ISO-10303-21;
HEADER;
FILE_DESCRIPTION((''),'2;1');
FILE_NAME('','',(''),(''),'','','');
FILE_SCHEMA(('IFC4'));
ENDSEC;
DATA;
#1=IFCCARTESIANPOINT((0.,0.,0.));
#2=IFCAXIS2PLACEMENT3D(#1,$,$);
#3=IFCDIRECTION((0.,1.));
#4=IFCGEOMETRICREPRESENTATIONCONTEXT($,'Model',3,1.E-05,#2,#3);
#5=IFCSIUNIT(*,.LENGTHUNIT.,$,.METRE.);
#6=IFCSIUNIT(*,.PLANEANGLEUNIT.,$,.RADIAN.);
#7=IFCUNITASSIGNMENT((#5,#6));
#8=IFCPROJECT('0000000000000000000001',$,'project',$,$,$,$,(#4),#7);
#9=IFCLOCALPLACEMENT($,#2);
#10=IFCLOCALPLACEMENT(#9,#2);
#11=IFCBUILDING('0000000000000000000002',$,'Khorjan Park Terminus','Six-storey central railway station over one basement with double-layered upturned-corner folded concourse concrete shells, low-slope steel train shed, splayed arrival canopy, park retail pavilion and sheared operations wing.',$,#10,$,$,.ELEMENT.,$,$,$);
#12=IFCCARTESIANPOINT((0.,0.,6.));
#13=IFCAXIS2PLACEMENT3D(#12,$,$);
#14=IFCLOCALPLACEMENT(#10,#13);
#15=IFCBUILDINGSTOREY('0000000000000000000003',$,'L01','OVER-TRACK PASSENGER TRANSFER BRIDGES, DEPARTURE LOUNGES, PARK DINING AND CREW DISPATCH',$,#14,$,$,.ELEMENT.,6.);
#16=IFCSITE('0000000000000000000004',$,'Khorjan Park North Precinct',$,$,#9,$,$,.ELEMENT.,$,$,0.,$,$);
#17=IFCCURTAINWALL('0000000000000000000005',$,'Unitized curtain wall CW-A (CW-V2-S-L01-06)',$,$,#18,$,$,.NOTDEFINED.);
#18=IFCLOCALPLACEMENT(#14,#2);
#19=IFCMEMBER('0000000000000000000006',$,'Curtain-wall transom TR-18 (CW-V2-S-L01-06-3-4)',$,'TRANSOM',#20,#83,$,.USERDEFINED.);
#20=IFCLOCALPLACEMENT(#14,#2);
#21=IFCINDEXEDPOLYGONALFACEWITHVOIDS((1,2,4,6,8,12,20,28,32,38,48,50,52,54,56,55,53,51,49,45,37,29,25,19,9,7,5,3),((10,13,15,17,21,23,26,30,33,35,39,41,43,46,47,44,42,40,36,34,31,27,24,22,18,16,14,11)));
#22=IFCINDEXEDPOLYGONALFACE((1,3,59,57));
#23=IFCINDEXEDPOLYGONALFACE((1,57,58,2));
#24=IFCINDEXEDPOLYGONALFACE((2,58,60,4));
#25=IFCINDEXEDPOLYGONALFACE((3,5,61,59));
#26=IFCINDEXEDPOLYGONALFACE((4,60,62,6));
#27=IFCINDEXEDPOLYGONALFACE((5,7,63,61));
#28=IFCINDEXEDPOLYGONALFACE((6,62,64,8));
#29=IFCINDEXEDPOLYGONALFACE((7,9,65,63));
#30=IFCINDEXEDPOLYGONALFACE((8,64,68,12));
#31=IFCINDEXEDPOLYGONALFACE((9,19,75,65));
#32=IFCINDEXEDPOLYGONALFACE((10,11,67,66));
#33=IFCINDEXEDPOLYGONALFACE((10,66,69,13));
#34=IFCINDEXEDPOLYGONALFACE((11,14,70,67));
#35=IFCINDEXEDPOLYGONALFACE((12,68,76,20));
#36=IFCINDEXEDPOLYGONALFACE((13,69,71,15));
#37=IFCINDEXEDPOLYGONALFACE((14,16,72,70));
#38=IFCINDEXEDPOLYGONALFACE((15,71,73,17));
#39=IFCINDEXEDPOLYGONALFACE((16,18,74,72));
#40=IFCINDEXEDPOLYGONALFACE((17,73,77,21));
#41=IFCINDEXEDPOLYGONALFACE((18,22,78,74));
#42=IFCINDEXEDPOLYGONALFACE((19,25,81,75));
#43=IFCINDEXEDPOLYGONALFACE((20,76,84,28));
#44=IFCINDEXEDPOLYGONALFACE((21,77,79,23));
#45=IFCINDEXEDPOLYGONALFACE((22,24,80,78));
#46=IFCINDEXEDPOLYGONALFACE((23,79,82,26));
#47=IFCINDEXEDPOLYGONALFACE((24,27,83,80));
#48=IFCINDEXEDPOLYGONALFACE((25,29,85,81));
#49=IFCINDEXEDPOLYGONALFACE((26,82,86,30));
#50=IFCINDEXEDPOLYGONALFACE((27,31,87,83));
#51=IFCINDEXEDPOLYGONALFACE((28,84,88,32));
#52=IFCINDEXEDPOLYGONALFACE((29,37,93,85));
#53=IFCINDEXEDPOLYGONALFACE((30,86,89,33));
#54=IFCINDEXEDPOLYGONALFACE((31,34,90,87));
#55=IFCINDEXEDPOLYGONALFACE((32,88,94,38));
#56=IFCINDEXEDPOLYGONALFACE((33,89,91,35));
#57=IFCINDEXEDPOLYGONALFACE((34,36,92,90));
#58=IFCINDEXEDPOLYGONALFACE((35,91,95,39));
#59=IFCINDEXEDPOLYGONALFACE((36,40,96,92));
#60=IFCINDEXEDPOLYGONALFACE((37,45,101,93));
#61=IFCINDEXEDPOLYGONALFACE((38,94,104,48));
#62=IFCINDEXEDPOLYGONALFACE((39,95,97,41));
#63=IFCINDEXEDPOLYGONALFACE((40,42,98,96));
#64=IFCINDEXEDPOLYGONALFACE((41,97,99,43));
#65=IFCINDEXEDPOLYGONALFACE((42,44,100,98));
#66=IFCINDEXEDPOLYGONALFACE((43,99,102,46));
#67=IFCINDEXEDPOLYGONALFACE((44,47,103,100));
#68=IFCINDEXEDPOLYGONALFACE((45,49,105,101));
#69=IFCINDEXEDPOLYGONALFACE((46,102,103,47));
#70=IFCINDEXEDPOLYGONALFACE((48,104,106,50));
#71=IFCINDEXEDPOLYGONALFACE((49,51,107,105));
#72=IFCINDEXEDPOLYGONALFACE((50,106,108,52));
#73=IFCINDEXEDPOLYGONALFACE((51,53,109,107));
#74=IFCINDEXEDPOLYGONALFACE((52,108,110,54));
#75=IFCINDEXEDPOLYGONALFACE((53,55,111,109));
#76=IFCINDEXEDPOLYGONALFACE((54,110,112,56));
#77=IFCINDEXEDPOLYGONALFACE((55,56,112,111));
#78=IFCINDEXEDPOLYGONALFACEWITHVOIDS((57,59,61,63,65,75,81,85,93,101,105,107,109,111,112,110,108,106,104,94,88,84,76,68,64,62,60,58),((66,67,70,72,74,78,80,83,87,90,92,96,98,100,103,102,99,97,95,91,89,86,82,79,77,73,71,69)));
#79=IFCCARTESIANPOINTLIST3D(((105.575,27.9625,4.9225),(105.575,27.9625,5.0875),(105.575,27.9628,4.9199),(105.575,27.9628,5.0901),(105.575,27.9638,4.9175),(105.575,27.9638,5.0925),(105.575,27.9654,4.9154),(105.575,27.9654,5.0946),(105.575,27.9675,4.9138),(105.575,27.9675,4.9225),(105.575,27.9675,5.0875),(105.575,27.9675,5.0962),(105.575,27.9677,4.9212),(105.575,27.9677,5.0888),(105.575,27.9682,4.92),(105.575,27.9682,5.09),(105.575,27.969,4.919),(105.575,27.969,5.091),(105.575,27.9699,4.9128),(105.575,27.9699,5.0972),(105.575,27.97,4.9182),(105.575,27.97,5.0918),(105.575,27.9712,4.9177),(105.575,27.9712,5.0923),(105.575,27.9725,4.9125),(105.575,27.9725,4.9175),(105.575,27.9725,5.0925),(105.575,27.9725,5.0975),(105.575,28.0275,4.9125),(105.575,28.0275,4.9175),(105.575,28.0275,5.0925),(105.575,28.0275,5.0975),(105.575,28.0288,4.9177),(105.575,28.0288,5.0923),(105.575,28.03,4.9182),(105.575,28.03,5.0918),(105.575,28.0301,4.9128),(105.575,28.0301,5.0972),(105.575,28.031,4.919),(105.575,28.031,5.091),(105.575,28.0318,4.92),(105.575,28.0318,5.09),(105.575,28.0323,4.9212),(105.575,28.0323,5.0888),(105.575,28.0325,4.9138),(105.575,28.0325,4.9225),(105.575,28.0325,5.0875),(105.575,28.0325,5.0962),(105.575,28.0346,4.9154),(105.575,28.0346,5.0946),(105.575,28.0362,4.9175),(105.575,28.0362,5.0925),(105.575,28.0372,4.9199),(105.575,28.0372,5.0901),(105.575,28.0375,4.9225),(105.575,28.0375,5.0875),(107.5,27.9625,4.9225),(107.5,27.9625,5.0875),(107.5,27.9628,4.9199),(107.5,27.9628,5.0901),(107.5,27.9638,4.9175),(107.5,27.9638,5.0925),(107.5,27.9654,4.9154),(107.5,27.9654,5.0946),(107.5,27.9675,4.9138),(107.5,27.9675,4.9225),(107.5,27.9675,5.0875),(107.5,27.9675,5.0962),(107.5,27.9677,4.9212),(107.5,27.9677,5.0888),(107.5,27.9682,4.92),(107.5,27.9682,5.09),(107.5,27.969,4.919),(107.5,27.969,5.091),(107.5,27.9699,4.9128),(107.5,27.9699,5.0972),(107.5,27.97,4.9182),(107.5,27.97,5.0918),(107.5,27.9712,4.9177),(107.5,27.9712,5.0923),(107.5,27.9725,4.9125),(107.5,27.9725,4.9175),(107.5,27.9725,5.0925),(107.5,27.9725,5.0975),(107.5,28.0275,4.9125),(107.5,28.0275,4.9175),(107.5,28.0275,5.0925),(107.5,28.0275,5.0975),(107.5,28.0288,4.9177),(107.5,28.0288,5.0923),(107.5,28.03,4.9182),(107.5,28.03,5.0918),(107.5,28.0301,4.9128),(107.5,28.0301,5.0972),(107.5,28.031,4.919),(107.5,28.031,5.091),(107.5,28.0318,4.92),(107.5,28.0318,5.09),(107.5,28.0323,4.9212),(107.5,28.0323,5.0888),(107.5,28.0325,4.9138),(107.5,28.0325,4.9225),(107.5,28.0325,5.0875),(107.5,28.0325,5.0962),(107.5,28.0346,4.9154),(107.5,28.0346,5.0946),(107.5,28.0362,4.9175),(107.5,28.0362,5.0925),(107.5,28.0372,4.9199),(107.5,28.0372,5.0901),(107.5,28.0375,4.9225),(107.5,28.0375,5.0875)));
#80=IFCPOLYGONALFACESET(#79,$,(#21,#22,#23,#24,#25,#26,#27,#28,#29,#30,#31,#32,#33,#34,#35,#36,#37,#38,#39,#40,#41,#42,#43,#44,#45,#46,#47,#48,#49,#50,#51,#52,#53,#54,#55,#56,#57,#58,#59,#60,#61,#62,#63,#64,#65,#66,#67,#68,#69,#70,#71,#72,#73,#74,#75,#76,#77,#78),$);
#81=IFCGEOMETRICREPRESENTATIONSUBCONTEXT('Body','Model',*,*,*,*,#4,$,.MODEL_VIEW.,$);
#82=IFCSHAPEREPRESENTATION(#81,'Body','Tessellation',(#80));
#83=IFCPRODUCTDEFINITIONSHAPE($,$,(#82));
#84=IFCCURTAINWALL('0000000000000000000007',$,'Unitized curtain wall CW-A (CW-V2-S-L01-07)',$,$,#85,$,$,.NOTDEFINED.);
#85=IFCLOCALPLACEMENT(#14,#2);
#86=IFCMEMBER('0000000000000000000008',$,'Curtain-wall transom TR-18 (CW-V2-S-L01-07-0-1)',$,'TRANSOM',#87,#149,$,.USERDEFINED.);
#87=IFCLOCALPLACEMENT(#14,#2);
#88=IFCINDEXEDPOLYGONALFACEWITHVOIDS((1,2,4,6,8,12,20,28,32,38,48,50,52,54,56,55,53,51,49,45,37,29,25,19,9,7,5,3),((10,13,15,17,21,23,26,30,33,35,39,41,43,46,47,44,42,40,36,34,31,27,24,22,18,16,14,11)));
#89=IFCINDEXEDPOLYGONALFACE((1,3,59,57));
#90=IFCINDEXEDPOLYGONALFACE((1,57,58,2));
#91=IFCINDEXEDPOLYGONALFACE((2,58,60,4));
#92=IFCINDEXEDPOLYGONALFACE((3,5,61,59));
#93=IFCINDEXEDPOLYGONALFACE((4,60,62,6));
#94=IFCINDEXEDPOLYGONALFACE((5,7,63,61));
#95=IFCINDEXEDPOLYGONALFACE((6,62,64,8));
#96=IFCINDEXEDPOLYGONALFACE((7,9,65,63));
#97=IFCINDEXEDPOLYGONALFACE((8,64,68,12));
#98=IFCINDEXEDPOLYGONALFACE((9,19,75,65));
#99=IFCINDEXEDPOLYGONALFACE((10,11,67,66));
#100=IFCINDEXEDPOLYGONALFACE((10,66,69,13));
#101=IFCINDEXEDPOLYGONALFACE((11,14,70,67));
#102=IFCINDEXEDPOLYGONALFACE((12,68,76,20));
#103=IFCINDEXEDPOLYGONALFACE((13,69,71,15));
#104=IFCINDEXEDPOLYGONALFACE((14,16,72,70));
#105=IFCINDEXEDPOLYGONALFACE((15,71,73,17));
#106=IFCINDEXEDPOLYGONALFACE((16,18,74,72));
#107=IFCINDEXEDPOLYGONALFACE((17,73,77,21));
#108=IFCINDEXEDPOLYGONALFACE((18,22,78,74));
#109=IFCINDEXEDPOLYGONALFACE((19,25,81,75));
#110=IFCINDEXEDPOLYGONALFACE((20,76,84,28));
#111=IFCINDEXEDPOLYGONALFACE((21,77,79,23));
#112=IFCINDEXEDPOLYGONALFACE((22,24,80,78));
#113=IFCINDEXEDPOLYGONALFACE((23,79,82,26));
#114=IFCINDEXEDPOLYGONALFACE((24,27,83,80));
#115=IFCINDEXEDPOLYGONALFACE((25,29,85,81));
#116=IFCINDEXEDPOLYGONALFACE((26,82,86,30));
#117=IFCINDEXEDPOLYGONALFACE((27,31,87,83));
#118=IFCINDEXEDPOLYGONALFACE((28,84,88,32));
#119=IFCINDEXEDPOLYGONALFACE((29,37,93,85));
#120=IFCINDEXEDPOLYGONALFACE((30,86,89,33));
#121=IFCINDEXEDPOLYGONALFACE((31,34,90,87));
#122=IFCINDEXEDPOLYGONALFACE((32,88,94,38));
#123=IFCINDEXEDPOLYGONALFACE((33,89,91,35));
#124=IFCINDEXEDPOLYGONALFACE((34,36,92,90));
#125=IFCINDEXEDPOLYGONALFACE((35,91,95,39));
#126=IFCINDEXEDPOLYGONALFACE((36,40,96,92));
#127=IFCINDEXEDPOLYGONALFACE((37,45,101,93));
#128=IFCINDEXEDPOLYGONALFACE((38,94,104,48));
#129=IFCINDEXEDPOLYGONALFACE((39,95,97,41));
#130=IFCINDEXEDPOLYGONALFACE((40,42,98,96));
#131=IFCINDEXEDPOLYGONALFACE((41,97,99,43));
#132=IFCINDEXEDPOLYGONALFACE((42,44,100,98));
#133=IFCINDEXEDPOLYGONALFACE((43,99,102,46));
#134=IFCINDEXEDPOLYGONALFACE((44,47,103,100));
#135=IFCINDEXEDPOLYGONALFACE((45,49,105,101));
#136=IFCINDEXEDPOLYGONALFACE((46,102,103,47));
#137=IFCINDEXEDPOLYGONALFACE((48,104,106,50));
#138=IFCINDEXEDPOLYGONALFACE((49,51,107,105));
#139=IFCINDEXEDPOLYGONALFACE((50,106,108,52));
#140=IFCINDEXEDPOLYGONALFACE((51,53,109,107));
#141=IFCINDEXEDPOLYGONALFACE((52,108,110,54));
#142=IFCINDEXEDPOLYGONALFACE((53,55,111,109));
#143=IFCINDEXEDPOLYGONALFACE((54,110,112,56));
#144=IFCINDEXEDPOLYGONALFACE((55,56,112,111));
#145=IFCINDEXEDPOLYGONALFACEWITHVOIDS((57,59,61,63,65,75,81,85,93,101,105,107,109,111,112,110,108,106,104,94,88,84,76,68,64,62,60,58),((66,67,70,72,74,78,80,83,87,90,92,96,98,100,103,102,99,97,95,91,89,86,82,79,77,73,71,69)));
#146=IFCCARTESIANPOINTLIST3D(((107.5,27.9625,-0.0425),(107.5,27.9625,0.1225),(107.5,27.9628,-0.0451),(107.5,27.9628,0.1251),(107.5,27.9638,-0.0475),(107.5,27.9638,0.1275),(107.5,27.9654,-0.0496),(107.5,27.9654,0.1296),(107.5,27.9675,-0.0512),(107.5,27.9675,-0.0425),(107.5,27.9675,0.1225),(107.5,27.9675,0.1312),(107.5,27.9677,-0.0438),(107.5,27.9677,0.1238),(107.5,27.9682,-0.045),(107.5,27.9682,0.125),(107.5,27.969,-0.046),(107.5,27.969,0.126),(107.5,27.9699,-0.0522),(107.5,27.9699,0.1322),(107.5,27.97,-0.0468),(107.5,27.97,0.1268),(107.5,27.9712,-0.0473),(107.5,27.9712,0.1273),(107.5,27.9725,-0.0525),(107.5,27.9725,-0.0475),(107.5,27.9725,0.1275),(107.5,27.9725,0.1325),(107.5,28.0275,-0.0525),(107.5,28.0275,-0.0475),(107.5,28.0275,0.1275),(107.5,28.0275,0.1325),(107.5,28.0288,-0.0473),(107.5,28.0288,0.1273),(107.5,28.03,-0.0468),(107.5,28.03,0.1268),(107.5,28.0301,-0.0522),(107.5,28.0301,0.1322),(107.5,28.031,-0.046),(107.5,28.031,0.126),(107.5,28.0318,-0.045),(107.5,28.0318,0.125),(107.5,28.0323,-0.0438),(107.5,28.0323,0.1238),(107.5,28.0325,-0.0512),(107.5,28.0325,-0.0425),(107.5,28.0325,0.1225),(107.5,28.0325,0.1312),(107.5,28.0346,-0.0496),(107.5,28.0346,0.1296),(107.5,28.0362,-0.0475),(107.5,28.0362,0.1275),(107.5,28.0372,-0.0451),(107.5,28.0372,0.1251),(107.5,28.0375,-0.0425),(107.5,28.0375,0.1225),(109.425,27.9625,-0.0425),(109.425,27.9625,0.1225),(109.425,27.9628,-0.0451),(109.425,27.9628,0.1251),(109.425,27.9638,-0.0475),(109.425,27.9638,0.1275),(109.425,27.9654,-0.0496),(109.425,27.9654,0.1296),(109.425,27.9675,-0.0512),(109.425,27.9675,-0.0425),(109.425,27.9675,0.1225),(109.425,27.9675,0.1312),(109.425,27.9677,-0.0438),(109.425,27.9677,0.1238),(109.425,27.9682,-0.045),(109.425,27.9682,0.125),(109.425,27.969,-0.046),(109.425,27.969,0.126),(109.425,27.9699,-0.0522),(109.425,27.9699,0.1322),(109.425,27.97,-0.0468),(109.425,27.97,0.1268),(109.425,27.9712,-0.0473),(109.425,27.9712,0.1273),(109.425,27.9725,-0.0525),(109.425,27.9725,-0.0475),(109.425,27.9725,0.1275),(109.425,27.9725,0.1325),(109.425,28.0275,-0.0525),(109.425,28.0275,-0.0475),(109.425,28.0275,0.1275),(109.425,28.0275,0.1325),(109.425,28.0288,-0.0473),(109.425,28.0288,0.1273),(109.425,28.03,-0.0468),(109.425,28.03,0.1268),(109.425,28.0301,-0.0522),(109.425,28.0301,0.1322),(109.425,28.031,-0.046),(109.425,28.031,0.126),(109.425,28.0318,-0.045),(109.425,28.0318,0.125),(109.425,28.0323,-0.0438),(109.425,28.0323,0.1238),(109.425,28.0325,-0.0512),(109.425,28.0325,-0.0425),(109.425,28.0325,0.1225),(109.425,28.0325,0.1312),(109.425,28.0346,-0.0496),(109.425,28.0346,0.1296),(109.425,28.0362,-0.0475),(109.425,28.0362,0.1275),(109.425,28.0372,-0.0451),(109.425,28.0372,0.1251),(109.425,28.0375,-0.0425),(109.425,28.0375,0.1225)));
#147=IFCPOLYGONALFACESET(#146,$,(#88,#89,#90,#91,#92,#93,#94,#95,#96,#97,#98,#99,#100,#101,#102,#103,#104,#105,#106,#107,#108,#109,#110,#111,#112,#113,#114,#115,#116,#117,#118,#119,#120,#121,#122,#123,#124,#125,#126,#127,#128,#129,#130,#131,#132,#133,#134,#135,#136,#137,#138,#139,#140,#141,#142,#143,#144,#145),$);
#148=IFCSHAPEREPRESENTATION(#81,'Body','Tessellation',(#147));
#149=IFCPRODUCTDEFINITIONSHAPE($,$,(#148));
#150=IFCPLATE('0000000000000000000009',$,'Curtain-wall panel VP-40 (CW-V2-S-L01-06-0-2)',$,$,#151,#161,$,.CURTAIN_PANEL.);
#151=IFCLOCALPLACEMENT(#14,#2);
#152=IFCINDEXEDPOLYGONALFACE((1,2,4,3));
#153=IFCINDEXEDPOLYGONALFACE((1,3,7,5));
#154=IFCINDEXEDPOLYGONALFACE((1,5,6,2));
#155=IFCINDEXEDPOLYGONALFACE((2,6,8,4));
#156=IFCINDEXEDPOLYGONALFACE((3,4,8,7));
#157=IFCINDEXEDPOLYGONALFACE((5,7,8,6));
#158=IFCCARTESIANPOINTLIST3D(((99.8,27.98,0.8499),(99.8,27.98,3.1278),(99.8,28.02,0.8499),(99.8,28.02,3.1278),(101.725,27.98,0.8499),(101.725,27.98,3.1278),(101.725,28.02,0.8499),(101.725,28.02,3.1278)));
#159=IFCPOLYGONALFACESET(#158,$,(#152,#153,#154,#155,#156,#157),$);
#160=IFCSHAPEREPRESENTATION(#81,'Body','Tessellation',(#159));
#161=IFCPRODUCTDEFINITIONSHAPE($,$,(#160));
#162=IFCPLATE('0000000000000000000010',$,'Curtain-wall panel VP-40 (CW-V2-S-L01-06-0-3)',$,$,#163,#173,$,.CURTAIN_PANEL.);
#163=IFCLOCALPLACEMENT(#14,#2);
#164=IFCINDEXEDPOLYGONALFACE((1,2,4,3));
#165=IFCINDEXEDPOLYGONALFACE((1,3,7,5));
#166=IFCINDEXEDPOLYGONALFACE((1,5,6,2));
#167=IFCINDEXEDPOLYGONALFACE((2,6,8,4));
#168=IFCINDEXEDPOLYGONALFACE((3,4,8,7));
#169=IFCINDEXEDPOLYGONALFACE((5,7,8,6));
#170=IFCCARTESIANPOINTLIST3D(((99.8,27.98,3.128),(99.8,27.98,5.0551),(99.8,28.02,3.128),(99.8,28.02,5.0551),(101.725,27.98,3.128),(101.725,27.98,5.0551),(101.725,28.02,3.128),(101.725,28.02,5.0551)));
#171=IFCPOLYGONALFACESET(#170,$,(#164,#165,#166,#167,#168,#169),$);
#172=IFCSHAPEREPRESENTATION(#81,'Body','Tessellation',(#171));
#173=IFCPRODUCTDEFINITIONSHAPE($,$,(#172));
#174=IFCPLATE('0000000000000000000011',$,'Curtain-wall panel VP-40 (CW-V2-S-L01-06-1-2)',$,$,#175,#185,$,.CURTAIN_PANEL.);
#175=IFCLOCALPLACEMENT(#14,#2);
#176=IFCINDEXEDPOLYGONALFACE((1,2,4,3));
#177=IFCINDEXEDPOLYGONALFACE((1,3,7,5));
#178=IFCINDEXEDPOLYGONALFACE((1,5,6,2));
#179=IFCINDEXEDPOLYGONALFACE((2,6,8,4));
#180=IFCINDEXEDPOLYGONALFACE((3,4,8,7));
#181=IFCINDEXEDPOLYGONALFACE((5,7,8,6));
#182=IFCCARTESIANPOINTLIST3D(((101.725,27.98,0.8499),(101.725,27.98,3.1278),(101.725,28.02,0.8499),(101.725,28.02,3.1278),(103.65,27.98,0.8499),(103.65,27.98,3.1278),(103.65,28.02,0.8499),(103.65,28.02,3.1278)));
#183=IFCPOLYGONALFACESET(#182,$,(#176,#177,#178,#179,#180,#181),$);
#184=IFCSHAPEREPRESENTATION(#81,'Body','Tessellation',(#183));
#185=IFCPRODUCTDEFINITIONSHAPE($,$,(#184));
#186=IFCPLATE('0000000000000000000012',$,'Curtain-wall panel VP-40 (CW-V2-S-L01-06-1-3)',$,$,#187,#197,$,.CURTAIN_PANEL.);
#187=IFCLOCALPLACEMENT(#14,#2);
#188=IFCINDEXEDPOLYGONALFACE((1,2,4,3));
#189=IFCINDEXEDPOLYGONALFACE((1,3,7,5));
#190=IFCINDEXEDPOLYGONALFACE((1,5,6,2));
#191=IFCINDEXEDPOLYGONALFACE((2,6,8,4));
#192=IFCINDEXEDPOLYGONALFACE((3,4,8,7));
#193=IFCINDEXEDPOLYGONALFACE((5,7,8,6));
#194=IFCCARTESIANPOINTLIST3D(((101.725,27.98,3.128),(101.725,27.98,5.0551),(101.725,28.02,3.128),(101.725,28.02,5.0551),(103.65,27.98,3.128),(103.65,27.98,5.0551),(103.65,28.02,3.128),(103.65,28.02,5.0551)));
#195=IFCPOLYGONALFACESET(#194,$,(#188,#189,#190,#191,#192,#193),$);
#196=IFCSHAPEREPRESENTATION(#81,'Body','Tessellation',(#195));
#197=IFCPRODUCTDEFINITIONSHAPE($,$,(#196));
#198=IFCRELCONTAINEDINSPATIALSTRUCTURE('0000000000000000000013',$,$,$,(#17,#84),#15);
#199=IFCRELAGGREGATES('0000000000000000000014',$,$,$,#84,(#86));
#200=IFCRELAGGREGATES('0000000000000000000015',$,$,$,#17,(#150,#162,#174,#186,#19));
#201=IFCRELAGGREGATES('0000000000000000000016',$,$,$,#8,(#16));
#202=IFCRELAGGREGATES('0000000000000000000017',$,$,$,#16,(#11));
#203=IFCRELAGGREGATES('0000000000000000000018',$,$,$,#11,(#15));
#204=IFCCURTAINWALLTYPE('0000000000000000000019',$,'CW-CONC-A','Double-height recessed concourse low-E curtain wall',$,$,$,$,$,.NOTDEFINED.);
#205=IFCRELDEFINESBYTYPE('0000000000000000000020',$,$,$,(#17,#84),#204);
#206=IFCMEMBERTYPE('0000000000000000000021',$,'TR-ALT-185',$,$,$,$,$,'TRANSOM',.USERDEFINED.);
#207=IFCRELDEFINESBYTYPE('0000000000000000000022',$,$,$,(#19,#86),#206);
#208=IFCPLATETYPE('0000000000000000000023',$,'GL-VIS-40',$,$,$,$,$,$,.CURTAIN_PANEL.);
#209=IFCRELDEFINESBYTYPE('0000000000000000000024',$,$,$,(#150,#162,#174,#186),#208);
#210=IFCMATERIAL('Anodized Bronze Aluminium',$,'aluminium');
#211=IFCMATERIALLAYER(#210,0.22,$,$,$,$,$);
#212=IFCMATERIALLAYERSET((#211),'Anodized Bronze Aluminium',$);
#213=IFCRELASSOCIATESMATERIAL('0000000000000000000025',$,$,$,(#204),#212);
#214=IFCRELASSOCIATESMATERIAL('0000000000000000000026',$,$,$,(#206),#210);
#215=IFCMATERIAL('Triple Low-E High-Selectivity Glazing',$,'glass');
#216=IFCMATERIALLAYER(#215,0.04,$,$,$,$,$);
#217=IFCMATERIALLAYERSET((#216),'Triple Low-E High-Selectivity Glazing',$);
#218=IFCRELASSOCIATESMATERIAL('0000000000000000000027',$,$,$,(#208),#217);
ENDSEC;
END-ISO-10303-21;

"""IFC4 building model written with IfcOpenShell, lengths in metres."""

from ifc_helpers import new_model, si_unit, direction, frame, origin, origin_2d, place, context, subcontext, project, spatial, rectangle, hollow_rectangle, extrude, material, layer, layer_set, material_profile, profile_set, type_object, element, aggregate, save


model = new_model("IFC4")

# Units and contexts
model_context = context("Model", 3, precision=1e-05, world=origin(), true_north=direction((0.0, 1.0)))
body_context = subcontext(model_context, "Body", "Model", "MODEL_VIEW")
ifc_project = project(units=[si_unit("LENGTHUNIT", "METRE"), si_unit("PLANEANGLEUNIT", "RADIAN")], contexts=[model_context])

# Site, building, storey
site_placement = place(None, origin())
site = spatial("IfcSite", under=ifc_project, at=site_placement, Name="Khorjan Park North Precinct", CompositionType="ELEMENT", RefElevation=0.0)
building_placement = place(site_placement, origin())
building = spatial("IfcBuilding", under=site, at=building_placement, Name="Khorjan Park Terminus", Description="Six-storey central railway station over one basement with double-layered upturned-corner folded concourse concrete shells, low-slope steel train shed, splayed arrival canopy, park retail pavilion and sheared operations wing.", CompositionType="ELEMENT")
storey_placement = place(building_placement, frame((0.0, 0.0, 6.0)))
storey = spatial("IfcBuildingStorey", under=building, at=storey_placement, Name="L01", Description="OVER-TRACK PASSENGER TRANSFER BRIDGES, DEPARTURE LOUNGES, PARK DINING AND CREW DISPATCH", CompositionType="ELEMENT", Elevation=6.0)

# Shared definitions
ifc_material_1 = material(Name="Anodized Bronze Aluminium", Category="aluminium")
ifc_layer_1 = layer(ifc_material_1, 0.22)
ifc_layer_set_1 = layer_set([ifc_layer_1], Name="Anodized Bronze Aluminium")
curtain_wall_type = type_object("IfcCurtainWallType", Name="CW-CONC-A", Description="Double-height recessed concourse low-E curtain wall", PredefinedType="NOTDEFINED", material=ifc_layer_set_1)

# Curtain wall, member
curtain_wall_1_placement = place(storey_placement, origin())
curtain_wall_1 = element("IfcCurtainWall", 1, at=curtain_wall_1_placement, inside=storey, type_object=curtain_wall_type, Name="Unitized curtain wall CW-A (CW-V2-S-L01-06)", PredefinedType="NOTDEFINED")
ifc_material_profile_1 = material_profile(ifc_material_1, hollow_rectangle(XDim=0.075, YDim=0.185, WallThickness=0.005, InnerFilletRadius=0.005, OuterFilletRadius=0.01, at=origin_2d()), Name="ALT 75x185x5")
ifc_profile_set_1 = profile_set([ifc_material_profile_1], Name="Anodized Bronze Aluminium")
member_type_1 = type_object("IfcMemberType", Name="TR-ALT-185", ElementType="TRANSOM", PredefinedType="USERDEFINED", material=ifc_profile_set_1)
member_1_placement = place(storey_placement, frame((105.575, 28.0, 5.005), z_axis=(1.0, 0.0, 0.0), x_axis=(0.0, 1.0, 0.0)))
member_1 = element("IfcMember", 2, at=member_1_placement, type_object=member_type_1, Name="Curtain-wall transom TR-18 (CW-V2-S-L01-06-3-4)", ObjectType="TRANSOM", PredefinedType="USERDEFINED", context=body_context, shape_type="SweptSolid", body=[
    extrude(hollow_rectangle(XDim=0.075, YDim=0.185, WallThickness=0.005, InnerFilletRadius=0.005, OuterFilletRadius=0.01, at=origin_2d()), origin(), (0.0, 0.0, 1.0), 1.925),
])

# Curtain wall, member
curtain_wall_2_placement = place(storey_placement, origin())
curtain_wall_2 = element("IfcCurtainWall", 3, at=curtain_wall_2_placement, inside=storey, type_object=curtain_wall_type, Name="Unitized curtain wall CW-A (CW-V2-S-L01-07)", PredefinedType="NOTDEFINED")
member_2_placement = place(storey_placement, frame((107.5, 28.0, 0.04), z_axis=(1.0, 0.0, 0.0), x_axis=(0.0, 1.0, 0.0)))
member_2 = element("IfcMember", 4, at=member_2_placement, type_object=member_type_1, Name="Curtain-wall transom TR-18 (CW-V2-S-L01-07-0-1)", ObjectType="TRANSOM", PredefinedType="USERDEFINED", context=body_context, shape_type="SweptSolid", body=[
    extrude(hollow_rectangle(XDim=0.075, YDim=0.185, WallThickness=0.005, InnerFilletRadius=0.005, OuterFilletRadius=0.01, at=origin_2d()), origin(), (0.0, 0.0, 1.0), 1.925),
])
aggregate(curtain_wall_2, [member_2])

# Plates
ifc_material_2 = material(Name="Triple Low-E High-Selectivity Glazing", Category="glass")
ifc_layer_2 = layer(ifc_material_2, 0.04)
ifc_layer_set_2 = layer_set([ifc_layer_2], Name="Triple Low-E High-Selectivity Glazing")
plate_type_1 = type_object("IfcPlateType", Name="GL-VIS-40", PredefinedType="CURTAIN_PANEL", material=ifc_layer_set_2)
plate_1_placement = place(storey_placement, frame((100.7625, 28.0, 0.8499), z_axis=(0.0, 0.0, 1.0), x_axis=(1.0, 0.0, 0.0)))
plate_1 = element("IfcPlate", 5, at=plate_1_placement, type_object=plate_type_1, Name="Curtain-wall panel VP-40 (CW-V2-S-L01-06-0-2)", PredefinedType="CURTAIN_PANEL", context=body_context, shape_type="SweptSolid", body=[
    extrude(rectangle(XDim=1.925, YDim=0.04, at=origin_2d()), origin(), (0.0, 0.0, 1.0), 2.2779),
])
plate_2_placement = place(storey_placement, frame((100.7625, 28.0, 3.128), z_axis=(0.0, 0.0, 1.0), x_axis=(1.0, 0.0, 0.0)))
plate_2 = element("IfcPlate", 6, at=plate_2_placement, type_object=plate_type_1, Name="Curtain-wall panel VP-40 (CW-V2-S-L01-06-0-3)", PredefinedType="CURTAIN_PANEL", context=body_context, shape_type="SweptSolid", body=[
    extrude(rectangle(XDim=1.925, YDim=0.04, at=origin_2d()), origin(), (0.0, 0.0, 1.0), 1.9271),
])
plate_3_placement = place(storey_placement, frame((102.6875, 28.0, 0.8499), z_axis=(0.0, 0.0, 1.0), x_axis=(1.0, 0.0, 0.0)))
plate_3 = element("IfcPlate", 7, at=plate_3_placement, type_object=plate_type_1, Name="Curtain-wall panel VP-40 (CW-V2-S-L01-06-1-2)", PredefinedType="CURTAIN_PANEL", context=body_context, shape_type="SweptSolid", body=[
    extrude(rectangle(XDim=1.925, YDim=0.04, at=origin_2d()), origin(), (0.0, 0.0, 1.0), 2.2779),
])
plate_4_placement = place(storey_placement, frame((102.6875, 28.0, 3.128), z_axis=(0.0, 0.0, 1.0), x_axis=(1.0, 0.0, 0.0)))
plate_4 = element("IfcPlate", 8, at=plate_4_placement, type_object=plate_type_1, Name="Curtain-wall panel VP-40 (CW-V2-S-L01-06-1-3)", PredefinedType="CURTAIN_PANEL", context=body_context, shape_type="SweptSolid", body=[
    extrude(rectangle(XDim=1.925, YDim=0.04, at=origin_2d()), origin(), (0.0, 0.0, 1.0), 1.9271),
])
aggregate(curtain_wall_1, [plate_1, plate_2, plate_3, plate_4, member_1])

save(model, "model.ifc")
